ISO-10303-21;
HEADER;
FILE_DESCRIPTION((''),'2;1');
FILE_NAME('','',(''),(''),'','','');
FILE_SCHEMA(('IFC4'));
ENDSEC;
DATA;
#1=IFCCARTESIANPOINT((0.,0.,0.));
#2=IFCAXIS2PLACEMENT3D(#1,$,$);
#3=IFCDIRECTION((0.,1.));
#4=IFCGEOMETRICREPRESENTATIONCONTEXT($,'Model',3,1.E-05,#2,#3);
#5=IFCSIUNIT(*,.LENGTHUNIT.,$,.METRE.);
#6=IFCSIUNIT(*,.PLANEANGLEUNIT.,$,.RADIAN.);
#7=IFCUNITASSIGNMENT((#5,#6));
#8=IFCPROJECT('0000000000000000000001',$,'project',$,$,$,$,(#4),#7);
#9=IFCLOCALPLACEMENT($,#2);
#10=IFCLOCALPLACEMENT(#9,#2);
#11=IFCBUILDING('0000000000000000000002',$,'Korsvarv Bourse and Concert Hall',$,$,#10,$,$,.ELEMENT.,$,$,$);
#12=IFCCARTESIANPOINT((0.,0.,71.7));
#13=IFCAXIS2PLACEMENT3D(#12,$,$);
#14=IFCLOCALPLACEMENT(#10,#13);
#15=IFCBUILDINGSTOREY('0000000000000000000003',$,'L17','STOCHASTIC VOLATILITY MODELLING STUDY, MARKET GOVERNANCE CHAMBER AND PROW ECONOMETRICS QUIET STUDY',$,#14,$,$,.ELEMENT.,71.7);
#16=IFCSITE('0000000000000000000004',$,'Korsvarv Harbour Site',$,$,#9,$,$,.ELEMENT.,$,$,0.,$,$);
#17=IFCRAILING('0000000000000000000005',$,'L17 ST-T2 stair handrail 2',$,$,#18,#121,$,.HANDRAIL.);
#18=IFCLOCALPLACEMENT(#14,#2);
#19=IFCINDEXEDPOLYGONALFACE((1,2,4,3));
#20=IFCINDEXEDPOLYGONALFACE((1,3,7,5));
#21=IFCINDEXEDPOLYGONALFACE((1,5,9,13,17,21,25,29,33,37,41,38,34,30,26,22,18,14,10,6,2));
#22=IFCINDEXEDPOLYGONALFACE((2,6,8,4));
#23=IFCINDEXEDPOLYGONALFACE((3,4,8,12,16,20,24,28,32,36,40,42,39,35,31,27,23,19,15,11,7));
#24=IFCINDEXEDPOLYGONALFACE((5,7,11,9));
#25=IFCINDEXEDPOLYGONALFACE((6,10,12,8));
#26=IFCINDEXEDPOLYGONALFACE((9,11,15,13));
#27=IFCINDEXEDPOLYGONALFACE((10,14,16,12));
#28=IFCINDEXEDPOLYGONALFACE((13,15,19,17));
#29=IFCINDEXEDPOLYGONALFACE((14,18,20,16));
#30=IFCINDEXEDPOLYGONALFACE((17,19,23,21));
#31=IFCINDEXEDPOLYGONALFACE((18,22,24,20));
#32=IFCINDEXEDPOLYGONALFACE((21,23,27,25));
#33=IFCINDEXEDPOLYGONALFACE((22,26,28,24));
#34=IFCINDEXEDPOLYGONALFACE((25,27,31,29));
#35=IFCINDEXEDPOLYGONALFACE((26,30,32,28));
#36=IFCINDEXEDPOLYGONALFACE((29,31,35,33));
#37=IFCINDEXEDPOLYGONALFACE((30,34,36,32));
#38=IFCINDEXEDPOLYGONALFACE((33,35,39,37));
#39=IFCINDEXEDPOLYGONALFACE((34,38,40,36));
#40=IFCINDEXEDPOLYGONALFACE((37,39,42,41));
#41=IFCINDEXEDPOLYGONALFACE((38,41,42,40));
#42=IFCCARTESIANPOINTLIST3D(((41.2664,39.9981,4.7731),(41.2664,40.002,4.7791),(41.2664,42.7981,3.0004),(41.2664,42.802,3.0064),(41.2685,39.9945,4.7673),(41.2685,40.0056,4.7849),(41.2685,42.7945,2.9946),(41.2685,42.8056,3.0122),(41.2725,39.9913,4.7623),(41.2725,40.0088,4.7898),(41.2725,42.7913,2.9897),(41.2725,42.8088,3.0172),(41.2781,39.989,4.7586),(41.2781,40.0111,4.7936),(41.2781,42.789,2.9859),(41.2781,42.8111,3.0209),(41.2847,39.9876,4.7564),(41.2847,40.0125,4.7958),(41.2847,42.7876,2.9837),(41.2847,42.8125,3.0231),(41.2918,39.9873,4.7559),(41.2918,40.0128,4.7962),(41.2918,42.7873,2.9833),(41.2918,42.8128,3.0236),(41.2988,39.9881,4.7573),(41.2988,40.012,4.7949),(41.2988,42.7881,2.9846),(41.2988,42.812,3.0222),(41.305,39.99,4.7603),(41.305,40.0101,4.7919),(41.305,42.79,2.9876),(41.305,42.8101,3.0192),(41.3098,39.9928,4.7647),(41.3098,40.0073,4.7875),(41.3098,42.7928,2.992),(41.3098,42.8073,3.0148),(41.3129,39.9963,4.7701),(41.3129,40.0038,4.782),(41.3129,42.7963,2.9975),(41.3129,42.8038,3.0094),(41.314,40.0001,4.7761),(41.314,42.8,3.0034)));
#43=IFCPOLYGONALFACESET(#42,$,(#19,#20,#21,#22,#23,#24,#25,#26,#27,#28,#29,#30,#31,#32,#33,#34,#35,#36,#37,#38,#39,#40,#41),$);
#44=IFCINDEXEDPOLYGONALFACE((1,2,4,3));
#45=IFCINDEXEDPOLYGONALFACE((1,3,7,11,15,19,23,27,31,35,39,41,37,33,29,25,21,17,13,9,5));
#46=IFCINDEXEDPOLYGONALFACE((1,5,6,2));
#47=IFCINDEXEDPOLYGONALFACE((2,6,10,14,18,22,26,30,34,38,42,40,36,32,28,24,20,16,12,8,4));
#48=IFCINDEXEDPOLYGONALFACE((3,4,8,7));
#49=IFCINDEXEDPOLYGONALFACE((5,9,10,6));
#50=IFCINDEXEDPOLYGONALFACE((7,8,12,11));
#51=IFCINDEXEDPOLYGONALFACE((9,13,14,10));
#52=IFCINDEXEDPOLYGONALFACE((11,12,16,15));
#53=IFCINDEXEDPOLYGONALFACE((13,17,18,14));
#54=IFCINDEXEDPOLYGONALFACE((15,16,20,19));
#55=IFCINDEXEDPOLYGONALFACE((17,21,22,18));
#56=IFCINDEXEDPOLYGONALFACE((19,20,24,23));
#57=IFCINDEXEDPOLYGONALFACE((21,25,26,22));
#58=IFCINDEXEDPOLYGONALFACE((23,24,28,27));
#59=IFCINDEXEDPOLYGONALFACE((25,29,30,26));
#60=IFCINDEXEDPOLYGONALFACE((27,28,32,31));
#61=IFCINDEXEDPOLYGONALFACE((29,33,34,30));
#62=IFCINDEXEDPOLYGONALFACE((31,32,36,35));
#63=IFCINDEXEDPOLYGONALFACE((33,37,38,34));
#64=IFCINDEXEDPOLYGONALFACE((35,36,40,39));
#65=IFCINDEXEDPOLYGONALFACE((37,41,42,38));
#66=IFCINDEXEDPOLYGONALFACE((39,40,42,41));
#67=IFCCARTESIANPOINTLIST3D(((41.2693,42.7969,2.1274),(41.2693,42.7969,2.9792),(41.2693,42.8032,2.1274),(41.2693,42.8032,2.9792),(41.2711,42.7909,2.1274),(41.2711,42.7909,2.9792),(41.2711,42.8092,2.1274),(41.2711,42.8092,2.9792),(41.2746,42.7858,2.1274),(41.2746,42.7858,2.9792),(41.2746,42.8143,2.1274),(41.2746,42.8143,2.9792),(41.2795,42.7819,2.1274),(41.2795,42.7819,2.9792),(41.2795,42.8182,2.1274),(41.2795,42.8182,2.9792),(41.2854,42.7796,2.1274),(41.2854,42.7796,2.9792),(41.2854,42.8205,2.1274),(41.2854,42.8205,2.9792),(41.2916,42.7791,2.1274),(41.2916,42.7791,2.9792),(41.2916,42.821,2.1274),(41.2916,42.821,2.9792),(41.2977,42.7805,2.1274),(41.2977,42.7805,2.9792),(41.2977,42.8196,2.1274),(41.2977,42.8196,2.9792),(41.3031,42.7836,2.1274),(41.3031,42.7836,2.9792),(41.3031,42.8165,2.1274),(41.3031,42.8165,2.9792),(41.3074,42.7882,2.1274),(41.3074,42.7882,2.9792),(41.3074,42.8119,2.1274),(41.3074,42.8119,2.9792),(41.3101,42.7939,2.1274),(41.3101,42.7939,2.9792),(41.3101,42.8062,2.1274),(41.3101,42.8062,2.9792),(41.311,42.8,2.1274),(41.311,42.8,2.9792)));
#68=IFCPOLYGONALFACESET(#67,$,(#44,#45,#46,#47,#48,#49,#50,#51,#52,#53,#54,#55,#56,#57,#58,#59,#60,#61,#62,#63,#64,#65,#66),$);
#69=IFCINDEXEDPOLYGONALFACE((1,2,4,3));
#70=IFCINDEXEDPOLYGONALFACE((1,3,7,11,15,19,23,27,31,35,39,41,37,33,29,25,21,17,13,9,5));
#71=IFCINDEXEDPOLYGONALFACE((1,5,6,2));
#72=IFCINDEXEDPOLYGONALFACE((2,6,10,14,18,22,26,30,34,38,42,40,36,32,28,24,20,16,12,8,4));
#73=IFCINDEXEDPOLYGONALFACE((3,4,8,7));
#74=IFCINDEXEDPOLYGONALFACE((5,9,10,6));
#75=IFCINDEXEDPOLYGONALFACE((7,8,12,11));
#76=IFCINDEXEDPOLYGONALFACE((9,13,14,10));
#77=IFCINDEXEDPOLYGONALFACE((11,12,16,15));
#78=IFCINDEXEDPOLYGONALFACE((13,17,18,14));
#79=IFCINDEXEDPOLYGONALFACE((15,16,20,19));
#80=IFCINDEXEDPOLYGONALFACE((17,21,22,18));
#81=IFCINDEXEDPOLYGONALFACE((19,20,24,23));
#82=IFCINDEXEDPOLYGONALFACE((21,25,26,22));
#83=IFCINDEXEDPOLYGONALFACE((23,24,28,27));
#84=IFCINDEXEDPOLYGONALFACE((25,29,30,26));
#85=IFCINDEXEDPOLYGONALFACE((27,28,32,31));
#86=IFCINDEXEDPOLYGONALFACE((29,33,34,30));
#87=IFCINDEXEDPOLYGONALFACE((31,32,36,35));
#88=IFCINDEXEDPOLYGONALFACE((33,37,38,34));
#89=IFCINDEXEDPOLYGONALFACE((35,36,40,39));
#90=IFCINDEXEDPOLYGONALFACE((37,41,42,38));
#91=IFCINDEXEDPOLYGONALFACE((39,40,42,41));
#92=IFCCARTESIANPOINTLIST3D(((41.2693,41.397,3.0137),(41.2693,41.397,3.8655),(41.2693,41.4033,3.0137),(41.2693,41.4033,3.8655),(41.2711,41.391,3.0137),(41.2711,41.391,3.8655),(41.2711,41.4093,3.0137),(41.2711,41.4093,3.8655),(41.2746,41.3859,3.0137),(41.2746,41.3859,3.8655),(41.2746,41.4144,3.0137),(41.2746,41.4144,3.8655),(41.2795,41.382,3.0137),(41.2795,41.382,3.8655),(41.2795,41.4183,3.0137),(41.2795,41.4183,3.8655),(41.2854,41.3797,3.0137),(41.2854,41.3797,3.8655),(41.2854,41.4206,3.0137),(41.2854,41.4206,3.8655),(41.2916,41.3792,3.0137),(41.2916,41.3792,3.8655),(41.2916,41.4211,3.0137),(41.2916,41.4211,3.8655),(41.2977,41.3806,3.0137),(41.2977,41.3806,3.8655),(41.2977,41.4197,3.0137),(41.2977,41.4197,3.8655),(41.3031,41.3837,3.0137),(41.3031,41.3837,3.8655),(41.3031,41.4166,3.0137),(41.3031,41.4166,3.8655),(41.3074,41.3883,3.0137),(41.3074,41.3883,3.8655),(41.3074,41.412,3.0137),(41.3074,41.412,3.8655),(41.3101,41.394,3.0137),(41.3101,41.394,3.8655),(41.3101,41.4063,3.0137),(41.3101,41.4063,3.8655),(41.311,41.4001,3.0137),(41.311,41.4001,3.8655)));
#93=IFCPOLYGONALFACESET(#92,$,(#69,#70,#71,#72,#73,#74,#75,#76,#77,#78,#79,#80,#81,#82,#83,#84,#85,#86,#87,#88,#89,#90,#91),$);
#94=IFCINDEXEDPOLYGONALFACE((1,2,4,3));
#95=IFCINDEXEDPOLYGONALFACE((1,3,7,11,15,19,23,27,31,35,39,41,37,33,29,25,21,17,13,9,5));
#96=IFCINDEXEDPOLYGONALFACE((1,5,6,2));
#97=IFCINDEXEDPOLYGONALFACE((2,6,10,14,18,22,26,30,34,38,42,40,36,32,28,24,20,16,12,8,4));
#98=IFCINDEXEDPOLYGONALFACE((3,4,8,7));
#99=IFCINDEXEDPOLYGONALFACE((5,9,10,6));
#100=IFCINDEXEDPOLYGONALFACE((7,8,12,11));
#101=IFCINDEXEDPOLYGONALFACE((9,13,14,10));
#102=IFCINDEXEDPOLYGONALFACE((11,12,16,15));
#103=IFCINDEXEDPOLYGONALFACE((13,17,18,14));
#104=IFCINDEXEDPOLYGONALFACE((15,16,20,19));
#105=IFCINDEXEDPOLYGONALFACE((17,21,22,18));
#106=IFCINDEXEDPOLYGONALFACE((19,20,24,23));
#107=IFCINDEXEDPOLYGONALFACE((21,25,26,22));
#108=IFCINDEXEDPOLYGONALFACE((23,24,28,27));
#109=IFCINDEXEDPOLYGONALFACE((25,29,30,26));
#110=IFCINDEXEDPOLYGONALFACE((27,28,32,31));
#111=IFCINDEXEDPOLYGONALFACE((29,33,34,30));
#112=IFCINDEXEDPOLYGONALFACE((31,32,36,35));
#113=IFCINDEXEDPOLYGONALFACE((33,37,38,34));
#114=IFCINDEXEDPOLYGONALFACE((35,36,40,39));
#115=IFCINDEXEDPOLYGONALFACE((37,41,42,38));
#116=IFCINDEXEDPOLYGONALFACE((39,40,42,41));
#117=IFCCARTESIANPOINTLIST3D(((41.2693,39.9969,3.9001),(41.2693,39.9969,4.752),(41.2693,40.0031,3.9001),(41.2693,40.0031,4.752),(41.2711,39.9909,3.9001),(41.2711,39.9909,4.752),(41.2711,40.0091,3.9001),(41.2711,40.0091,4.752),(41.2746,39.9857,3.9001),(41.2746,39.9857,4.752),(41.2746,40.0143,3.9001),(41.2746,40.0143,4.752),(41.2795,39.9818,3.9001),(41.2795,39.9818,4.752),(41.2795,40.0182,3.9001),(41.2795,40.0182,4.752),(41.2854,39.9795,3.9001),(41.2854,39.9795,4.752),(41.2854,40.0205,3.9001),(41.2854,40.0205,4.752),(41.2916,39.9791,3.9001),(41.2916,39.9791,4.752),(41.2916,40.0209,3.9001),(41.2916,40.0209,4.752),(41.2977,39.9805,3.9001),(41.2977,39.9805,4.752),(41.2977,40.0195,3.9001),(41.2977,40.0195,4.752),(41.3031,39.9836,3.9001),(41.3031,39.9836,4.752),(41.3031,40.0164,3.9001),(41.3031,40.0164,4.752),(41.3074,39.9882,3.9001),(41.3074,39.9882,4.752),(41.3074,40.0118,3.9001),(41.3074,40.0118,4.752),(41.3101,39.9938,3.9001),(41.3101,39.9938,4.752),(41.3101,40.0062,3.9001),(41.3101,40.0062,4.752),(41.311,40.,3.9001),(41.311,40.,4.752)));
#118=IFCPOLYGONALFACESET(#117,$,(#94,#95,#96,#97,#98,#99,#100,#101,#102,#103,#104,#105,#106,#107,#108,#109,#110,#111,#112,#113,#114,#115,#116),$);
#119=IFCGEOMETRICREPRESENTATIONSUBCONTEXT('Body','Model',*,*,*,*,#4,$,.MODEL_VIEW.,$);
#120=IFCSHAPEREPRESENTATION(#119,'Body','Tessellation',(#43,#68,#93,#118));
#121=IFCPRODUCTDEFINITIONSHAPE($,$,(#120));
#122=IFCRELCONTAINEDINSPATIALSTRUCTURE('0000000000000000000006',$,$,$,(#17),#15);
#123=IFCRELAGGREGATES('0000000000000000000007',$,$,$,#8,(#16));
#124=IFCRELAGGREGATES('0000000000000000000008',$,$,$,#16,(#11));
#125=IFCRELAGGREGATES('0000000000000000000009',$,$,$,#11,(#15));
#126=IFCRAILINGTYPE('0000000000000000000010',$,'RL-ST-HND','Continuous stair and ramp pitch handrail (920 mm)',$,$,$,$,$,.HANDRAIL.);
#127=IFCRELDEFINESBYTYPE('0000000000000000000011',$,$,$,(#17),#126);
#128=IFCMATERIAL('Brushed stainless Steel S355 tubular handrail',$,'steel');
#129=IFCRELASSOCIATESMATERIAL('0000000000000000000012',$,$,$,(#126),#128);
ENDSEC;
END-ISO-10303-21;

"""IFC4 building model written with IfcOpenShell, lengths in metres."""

from ifc_helpers import new_model, si_unit, direction, frame, origin, origin_2d, place, context, subcontext, project, spatial, circle, extrude, material, type_object, element, save


model = new_model("IFC4")

# Units and contexts
model_context = context("Model", 3, precision=1e-05, world=origin(), true_north=direction((0.0, 1.0)))
body_context = subcontext(model_context, "Body", "Model", "MODEL_VIEW")
ifc_project = project(units=[si_unit("LENGTHUNIT", "METRE"), si_unit("PLANEANGLEUNIT", "RADIAN")], contexts=[model_context])

# Site, building, storey
site_placement = place(None, origin())
site = spatial("IfcSite", under=ifc_project, at=site_placement, Name="Korsvarv Harbour Site", CompositionType="ELEMENT", RefElevation=0.0)
building_placement = place(site_placement, origin())
building = spatial("IfcBuilding", under=site, at=building_placement, Name="Korsvarv Bourse and Concert Hall", CompositionType="ELEMENT")
storey_placement = place(building_placement, frame((0.0, 0.0, 71.7)))
storey = spatial("IfcBuildingStorey", under=building, at=storey_placement, Name="L17", Description="STOCHASTIC VOLATILITY MODELLING STUDY, MARKET GOVERNANCE CHAMBER AND PROW ECONOMETRICS QUIET STUDY", CompositionType="ELEMENT", Elevation=71.7)

# Railing
ifc_material_1 = material(Name="Brushed stainless Steel S355 tubular handrail", Category="steel")
railing_type_1 = type_object("IfcRailingType", Name="RL-ST-HND", Description="Continuous stair and ramp pitch handrail (920 mm)", PredefinedType="HANDRAIL", material=ifc_material_1)
railing_1_placement = place(storey_placement, frame((41.29, 42.8, 2.1274)))
element("IfcRailing", 1, at=railing_1_placement, inside=storey, type_object=railing_type_1, Name="L17 ST-T2 stair handrail 2", PredefinedType="HANDRAIL", context=body_context, shape_type="SweptSolid", body=[
    extrude(circle(Radius=0.0239, at=origin_2d()), frame((0.0, 0.0, 0.876), z_axis=(0.0, -0.844909, 0.53491), x_axis=(1.0, 0.0, 0.0)), (0.0, 0.0, 1.0), 3.314),
    extrude(circle(Radius=0.021, at=origin_2d()), origin(), (0.0, 0.0, 1.0), 0.8518),
    extrude(circle(Radius=0.021, at=origin_2d()), frame((0.0, -1.3999, 0.8862)), (0.0, 0.0, 1.0), 0.8518),
    extrude(circle(Radius=0.021, at=origin_2d()), frame((0.0, -2.8, 1.7727)), (0.0, 0.0, 1.0), 0.8518),
])

save(model, "model.ifc")
